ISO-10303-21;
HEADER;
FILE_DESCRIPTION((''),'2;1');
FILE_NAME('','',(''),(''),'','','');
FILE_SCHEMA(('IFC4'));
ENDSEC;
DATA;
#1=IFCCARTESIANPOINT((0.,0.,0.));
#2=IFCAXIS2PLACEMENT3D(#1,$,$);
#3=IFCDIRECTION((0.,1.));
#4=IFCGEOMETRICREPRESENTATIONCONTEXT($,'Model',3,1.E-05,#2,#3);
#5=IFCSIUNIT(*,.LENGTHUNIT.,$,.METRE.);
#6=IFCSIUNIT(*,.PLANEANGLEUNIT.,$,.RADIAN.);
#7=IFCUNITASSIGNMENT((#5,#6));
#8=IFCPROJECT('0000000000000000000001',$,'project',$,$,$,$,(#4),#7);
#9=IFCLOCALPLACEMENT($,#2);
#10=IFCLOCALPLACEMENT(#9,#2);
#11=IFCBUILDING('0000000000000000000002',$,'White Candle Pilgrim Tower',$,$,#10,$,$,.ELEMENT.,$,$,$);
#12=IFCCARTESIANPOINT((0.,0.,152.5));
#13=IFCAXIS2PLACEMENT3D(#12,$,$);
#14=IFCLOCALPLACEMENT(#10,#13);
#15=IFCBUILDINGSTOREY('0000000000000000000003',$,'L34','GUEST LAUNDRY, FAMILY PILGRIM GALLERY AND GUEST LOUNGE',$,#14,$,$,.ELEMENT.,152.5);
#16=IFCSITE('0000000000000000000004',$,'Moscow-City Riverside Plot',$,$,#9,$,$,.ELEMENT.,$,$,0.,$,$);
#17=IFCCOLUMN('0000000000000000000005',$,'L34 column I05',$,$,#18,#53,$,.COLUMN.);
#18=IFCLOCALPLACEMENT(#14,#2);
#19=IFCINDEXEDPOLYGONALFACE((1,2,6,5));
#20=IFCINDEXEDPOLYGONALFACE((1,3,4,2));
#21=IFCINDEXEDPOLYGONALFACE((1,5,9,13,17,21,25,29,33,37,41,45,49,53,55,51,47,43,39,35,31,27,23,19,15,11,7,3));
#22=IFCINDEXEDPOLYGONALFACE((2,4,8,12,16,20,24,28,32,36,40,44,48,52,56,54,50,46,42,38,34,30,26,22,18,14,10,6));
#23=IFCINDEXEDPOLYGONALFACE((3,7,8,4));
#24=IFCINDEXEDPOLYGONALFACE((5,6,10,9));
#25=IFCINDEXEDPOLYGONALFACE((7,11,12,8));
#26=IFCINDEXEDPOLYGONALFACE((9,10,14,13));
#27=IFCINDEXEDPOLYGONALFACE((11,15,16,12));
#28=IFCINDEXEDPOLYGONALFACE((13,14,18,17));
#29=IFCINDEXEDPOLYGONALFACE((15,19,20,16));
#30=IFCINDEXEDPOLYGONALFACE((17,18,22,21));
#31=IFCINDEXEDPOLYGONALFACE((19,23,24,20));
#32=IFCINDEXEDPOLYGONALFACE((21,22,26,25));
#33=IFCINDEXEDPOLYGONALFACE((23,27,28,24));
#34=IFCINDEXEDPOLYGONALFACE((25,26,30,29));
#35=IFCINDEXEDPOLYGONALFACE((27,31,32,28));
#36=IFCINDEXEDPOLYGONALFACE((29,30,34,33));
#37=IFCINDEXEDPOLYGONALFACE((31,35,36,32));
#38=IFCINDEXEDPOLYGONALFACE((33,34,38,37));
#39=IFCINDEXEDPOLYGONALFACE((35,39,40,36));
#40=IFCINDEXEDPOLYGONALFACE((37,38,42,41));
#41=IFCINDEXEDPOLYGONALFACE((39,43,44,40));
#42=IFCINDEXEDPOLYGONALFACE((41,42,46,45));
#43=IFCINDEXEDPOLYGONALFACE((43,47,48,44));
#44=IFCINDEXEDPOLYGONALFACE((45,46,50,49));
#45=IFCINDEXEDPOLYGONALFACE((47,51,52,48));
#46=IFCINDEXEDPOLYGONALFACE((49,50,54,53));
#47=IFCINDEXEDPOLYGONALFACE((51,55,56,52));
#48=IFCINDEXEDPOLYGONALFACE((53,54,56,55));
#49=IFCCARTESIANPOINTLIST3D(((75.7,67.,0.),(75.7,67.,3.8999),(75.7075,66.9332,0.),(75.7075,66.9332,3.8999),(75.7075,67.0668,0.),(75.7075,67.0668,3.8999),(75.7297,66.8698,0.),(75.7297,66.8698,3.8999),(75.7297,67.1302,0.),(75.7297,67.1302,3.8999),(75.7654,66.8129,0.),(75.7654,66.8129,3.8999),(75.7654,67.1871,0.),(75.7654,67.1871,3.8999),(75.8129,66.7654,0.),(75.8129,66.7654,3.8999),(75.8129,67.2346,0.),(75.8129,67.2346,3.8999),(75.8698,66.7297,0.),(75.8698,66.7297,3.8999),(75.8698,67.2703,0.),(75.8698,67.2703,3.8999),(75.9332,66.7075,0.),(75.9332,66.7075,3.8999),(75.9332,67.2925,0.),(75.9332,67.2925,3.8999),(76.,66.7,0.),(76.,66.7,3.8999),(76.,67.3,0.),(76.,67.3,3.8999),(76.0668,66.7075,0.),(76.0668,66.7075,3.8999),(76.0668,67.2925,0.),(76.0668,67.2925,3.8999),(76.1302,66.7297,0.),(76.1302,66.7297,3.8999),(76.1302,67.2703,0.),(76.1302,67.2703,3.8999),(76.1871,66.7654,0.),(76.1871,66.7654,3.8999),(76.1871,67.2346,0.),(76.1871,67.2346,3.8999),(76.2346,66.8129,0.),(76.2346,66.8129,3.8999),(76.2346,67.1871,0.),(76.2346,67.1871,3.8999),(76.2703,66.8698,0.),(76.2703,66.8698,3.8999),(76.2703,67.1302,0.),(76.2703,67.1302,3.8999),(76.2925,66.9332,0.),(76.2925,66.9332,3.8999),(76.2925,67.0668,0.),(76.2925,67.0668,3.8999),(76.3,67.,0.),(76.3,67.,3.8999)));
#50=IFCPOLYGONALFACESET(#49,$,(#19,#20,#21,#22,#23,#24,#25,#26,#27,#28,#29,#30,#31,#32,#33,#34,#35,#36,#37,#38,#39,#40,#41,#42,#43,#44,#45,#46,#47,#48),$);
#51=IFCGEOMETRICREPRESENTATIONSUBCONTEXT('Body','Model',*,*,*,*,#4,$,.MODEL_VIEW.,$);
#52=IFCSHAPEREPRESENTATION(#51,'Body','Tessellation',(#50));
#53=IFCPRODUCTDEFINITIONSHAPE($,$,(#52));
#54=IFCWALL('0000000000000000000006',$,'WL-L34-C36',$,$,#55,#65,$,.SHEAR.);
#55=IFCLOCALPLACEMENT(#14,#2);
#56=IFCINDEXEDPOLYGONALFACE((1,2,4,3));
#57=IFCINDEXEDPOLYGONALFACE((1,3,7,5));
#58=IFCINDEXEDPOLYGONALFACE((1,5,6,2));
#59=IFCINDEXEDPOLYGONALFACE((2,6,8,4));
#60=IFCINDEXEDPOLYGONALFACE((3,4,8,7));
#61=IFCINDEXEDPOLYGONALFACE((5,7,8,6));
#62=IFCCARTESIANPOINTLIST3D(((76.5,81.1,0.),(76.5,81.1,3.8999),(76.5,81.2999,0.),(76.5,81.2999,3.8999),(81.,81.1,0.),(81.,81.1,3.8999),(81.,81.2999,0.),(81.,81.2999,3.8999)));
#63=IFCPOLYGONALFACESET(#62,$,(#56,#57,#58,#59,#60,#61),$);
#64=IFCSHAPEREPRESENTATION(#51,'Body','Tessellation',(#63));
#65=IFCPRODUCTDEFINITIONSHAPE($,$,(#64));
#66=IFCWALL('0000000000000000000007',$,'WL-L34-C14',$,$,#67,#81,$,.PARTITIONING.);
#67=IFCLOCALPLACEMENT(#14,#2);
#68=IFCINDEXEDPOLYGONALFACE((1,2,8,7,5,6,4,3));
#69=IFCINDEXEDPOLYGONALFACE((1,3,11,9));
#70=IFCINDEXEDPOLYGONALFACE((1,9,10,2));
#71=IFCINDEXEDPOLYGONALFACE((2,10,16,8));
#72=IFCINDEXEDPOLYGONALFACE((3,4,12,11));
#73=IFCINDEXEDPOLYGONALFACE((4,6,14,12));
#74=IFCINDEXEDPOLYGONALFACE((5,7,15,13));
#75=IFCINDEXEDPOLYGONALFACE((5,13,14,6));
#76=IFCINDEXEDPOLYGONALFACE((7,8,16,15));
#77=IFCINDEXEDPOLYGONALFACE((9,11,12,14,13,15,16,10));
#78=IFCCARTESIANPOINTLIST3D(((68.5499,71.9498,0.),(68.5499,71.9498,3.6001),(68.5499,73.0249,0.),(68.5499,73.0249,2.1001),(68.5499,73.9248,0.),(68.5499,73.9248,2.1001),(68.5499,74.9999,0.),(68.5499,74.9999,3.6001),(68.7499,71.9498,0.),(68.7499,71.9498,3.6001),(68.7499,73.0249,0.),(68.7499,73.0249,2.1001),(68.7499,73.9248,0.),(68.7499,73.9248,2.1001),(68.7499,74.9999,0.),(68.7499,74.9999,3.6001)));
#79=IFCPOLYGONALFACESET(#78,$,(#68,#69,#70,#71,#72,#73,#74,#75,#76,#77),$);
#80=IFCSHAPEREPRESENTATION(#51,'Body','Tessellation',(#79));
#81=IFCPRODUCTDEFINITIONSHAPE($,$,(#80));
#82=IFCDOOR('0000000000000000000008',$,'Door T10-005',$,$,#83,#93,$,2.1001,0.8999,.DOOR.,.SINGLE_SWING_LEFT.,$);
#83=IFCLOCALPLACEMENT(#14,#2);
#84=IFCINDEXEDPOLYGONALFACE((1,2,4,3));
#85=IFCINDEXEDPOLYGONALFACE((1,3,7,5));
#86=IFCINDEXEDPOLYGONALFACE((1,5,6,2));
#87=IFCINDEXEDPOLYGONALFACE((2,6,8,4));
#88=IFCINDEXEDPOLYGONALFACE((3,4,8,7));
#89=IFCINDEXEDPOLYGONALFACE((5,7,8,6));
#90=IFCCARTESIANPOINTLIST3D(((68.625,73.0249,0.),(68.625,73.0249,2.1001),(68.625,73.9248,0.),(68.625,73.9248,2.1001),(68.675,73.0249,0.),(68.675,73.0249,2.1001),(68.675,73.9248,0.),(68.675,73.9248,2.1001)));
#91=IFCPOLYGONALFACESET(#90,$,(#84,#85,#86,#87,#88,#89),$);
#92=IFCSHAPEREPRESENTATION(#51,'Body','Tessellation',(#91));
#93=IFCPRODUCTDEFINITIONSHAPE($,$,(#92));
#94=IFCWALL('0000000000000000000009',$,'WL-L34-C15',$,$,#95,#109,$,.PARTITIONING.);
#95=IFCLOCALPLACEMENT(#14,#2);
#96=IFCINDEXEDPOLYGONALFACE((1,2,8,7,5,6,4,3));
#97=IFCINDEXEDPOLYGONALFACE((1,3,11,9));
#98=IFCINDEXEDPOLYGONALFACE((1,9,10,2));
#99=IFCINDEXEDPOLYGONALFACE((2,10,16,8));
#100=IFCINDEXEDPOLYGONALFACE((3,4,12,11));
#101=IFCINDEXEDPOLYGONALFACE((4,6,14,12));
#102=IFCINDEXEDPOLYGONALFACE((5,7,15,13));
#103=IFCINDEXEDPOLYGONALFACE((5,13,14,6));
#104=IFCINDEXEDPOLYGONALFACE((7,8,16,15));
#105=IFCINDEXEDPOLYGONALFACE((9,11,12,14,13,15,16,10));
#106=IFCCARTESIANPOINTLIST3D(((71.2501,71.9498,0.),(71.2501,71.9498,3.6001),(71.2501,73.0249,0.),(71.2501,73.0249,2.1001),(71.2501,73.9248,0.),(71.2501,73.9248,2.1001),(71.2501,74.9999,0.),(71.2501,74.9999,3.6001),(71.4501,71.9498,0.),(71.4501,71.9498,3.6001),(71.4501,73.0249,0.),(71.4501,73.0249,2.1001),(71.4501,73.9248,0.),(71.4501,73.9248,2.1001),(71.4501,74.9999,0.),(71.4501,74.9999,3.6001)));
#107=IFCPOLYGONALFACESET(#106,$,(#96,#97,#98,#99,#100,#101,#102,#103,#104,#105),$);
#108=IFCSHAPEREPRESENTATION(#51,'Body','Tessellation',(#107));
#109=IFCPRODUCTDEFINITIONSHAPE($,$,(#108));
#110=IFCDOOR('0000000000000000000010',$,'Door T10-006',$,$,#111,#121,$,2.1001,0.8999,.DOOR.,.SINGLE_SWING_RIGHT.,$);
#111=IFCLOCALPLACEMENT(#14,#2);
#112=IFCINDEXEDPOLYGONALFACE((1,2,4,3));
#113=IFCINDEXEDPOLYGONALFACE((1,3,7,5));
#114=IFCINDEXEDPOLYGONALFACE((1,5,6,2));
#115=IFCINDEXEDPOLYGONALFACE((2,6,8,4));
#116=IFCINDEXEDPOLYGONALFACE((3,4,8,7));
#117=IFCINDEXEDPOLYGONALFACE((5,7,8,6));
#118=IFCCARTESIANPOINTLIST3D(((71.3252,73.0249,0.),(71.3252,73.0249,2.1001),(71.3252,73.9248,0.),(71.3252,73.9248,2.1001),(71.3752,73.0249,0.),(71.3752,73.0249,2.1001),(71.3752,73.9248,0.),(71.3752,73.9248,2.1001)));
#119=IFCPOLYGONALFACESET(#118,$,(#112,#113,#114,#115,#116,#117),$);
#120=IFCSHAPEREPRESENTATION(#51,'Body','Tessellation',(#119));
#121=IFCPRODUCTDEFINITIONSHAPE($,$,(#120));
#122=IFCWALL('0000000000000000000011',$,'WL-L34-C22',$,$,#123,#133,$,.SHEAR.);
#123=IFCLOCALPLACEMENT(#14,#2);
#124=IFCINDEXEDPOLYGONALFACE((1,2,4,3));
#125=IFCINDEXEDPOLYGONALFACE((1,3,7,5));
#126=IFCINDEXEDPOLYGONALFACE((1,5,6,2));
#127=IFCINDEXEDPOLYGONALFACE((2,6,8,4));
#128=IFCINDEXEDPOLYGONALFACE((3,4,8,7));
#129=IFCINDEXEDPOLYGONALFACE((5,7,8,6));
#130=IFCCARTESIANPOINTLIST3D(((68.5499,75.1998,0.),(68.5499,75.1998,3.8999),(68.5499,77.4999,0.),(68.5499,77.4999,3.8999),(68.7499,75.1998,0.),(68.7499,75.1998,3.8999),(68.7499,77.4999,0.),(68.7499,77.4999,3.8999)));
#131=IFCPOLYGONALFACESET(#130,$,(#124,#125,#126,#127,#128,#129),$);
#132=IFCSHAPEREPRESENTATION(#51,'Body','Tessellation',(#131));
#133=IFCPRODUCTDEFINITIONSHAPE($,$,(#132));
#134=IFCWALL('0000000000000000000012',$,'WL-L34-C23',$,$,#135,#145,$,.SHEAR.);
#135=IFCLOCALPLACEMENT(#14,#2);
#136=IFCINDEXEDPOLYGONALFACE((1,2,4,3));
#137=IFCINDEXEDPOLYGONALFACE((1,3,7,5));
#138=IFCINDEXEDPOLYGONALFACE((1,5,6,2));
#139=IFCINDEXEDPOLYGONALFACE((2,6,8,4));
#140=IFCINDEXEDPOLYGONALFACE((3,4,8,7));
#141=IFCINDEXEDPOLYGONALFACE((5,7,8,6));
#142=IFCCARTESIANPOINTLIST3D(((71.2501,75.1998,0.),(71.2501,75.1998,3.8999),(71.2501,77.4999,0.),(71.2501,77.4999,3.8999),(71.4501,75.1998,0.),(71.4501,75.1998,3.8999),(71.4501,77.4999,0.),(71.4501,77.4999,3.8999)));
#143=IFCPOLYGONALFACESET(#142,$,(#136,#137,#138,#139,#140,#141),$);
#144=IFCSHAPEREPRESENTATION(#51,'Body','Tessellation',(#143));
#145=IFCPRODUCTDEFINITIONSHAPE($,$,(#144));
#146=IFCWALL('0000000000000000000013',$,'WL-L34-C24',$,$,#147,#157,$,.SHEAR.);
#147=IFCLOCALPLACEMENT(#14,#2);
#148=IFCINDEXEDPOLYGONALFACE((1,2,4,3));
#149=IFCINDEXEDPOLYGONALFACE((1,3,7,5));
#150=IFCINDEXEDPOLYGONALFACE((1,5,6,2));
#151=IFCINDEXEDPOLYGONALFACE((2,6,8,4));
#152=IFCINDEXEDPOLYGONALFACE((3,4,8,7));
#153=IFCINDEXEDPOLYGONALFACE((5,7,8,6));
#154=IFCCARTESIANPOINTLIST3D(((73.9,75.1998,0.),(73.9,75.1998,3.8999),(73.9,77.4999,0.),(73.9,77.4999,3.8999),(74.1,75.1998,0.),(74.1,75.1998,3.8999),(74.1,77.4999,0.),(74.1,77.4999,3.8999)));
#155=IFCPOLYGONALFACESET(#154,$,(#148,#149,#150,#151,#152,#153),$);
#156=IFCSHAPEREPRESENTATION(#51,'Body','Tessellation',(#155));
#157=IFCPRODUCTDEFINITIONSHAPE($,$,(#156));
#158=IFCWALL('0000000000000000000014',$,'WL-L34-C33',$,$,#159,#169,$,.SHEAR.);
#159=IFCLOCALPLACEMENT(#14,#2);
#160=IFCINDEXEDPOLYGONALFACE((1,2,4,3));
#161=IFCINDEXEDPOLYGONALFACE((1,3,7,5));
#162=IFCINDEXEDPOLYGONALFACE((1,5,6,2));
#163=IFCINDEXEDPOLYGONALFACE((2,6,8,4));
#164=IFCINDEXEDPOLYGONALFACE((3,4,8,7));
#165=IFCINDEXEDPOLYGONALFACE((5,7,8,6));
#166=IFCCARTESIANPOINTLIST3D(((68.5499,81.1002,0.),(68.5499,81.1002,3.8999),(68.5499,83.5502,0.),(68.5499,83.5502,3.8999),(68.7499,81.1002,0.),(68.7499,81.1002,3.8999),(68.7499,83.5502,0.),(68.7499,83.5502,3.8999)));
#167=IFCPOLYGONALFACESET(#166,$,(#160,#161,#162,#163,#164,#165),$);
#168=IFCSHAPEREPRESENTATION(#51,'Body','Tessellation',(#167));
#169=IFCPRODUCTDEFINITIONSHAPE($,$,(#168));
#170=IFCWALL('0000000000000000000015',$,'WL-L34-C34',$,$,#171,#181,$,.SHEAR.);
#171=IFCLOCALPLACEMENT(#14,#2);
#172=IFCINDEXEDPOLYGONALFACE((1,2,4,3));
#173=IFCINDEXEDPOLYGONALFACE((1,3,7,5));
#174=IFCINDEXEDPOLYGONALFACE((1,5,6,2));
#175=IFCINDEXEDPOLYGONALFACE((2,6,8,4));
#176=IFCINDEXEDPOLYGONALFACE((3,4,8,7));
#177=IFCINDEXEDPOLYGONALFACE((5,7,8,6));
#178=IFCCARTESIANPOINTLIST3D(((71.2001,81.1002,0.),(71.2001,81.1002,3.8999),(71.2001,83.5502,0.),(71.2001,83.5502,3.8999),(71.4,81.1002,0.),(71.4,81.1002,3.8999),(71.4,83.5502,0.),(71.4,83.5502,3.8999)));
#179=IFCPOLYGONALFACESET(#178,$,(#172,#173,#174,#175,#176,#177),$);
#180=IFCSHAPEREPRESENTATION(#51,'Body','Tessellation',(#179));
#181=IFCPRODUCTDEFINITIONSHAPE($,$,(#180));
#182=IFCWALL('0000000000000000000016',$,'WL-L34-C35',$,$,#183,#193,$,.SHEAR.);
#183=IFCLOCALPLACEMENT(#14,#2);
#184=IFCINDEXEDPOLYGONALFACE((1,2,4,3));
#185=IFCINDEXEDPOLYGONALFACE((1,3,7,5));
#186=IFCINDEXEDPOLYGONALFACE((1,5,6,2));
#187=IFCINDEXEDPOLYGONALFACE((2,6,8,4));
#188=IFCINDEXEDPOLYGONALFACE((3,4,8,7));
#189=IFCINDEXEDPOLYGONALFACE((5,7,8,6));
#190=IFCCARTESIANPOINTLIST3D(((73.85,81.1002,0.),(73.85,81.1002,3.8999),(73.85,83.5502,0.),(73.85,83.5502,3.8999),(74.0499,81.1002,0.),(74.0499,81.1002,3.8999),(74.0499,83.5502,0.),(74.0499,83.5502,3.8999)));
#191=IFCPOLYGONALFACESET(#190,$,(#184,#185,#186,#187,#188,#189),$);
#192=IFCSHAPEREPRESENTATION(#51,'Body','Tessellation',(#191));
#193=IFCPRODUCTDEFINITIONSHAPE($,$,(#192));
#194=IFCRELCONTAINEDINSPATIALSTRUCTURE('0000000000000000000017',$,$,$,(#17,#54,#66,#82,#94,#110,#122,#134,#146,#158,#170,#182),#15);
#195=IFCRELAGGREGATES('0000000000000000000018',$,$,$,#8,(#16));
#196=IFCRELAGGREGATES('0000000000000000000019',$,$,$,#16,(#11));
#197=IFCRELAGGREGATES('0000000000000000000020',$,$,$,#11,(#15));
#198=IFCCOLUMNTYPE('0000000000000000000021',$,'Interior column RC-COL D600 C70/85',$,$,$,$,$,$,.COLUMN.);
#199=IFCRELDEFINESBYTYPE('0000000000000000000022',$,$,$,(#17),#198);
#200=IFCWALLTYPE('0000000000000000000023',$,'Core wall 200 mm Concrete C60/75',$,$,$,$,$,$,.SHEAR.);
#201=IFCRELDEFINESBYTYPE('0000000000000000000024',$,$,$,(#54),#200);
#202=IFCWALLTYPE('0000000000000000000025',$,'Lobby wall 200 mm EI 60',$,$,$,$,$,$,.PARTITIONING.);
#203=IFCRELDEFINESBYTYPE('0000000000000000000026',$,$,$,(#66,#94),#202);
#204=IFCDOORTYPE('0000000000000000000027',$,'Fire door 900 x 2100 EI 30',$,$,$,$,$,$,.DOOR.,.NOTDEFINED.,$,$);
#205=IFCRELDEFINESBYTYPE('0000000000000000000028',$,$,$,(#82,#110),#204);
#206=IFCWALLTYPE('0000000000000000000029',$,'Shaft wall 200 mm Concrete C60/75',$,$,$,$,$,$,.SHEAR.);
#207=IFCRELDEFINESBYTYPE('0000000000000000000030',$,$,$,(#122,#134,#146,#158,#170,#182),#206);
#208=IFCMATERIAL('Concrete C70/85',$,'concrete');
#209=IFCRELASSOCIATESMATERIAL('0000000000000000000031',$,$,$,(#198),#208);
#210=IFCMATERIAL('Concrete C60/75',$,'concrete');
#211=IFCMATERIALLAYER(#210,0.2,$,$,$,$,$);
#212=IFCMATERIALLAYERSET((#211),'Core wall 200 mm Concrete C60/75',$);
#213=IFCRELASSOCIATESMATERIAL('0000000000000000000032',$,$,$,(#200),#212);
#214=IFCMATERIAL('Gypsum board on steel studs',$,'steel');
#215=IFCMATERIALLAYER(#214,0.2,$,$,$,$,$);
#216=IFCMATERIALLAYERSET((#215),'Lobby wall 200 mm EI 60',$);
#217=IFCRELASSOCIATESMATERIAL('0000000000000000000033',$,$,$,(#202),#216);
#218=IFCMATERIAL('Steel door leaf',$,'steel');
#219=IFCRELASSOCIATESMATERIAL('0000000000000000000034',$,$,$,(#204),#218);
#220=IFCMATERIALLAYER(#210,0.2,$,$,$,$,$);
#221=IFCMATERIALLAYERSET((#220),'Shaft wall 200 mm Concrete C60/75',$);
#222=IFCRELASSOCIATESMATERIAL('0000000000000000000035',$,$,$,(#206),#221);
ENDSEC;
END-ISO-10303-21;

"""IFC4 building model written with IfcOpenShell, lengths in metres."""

from ifc_helpers import new_model, si_unit, direction, frame, frame_2d, origin, origin_2d, place, context, subcontext, project, spatial, rectangle, circle, extrude, material, layer, layer_set, material_profile, profile_set, type_object, element, fill, save


model = new_model("IFC4")

# Units and contexts
model_context = context("Model", 3, precision=1e-05, world=origin(), true_north=direction((0.0, 1.0)))
body_context = subcontext(model_context, "Body", "Model", "MODEL_VIEW")
ifc_project = project(units=[si_unit("LENGTHUNIT", "METRE"), si_unit("PLANEANGLEUNIT", "RADIAN")], contexts=[model_context])

# Site, building, storey
site_placement = place(None, origin())
site = spatial("IfcSite", under=ifc_project, at=site_placement, Name="Moscow-City Riverside Plot", CompositionType="ELEMENT", RefElevation=0.0)
building_placement = place(site_placement, origin())
building = spatial("IfcBuilding", under=site, at=building_placement, Name="White Candle Pilgrim Tower", CompositionType="ELEMENT")
storey_placement = place(building_placement, frame((0.0, 0.0, 152.5)))
storey = spatial("IfcBuildingStorey", under=building, at=storey_placement, Name="L34", Description="GUEST LAUNDRY, FAMILY PILGRIM GALLERY AND GUEST LOUNGE", CompositionType="ELEMENT", Elevation=152.5)

# Column
ifc_material_1 = material(Name="Concrete C70/85", Category="concrete")
ifc_material_profile = material_profile(ifc_material_1, circle(Radius=0.3, at=origin_2d()), Name="RC-COL D600")
ifc_profile_set = profile_set([ifc_material_profile], Name="Concrete C70/85")
column_type = type_object("IfcColumnType", Name="Interior column RC-COL D600 C70/85", PredefinedType="COLUMN", material=ifc_profile_set)
column_placement = place(storey_placement, frame((76.0, 67.0, 0.0), z_axis=(0.0, 0.0, 1.0), x_axis=(1.0, 0.0, 0.0)))
element("IfcColumn", 1, at=column_placement, inside=storey, type_object=column_type, Name="L34 column I05", PredefinedType="COLUMN", context=body_context, shape_type="SweptSolid", body=[
    extrude(circle(Radius=0.3, at=origin_2d()), origin(), (0.0, 0.0, 1.0), 3.8999),
])

# Wall
ifc_material_2 = material(Name="Concrete C60/75", Category="concrete")
ifc_layer_1 = layer(ifc_material_2, 0.2)
ifc_layer_set_1 = layer_set([ifc_layer_1], Name="Core wall 200 mm Concrete C60/75")
wall_type_1 = type_object("IfcWallType", Name="Core wall 200 mm Concrete C60/75", PredefinedType="SHEAR", material=ifc_layer_set_1)
wall_1_placement = place(storey_placement, frame((76.5, 81.2, 0.0), z_axis=(0.0, 0.0, 1.0), x_axis=(1.0, 0.0, 0.0)))
element("IfcWall", 2, at=wall_1_placement, inside=storey, type_object=wall_type_1, Name="WL-L34-C36", PredefinedType="SHEAR", context=body_context, shape_type="SweptSolid", body=[
    extrude(rectangle(XDim=4.5, YDim=0.2, at=frame_2d((2.25, 0.0))), origin(), (0.0, 0.0, 1.0), 3.8999),
])

# Walls, openings, doors
ifc_material_3 = material(Name="Gypsum board on steel studs", Category="steel")
ifc_layer_2 = layer(ifc_material_3, 0.2)
ifc_layer_set_2 = layer_set([ifc_layer_2], Name="Lobby wall 200 mm EI 60")
wall_type_2 = type_object("IfcWallType", Name="Lobby wall 200 mm EI 60", PredefinedType="PARTITIONING", material=ifc_layer_set_2)
wall_2_placement = place(storey_placement, frame((68.6499, 71.95, 0.0), z_axis=(0.0, 0.0, 1.0), x_axis=(0.0, 1.0, 0.0)))
wall_2 = element("IfcWall", 3, at=wall_2_placement, inside=storey, type_object=wall_type_2, Name="WL-L34-C14", PredefinedType="PARTITIONING", context=body_context, shape_type="SweptSolid", body=[
    extrude(rectangle(XDim=3.05, YDim=0.2, at=frame_2d((1.5249, 0.0))), origin(), (0.0, 0.0, 1.0), 3.6001),
])
opening_1_placement = place(wall_2_placement, frame((1.075, 0.0, 0.0)))
opening_1 = element("IfcOpeningElement", 4, at=opening_1_placement, cuts=wall_2, PredefinedType="OPENING", context=body_context, shape_type="SweptSolid", body=[
    extrude(rectangle(XDim=0.8999, YDim=2.1001, at=frame_2d((0.45, 1.05))), frame((0.0, 0.1099, 0.0), z_axis=(0.0, -1.0, 0.0), x_axis=(1.0, 0.0, 0.0)), (0.0, 0.0, 1.0), 0.22),
])
ifc_material_4 = material(Name="Steel door leaf", Category="steel")
door_type_1 = type_object("IfcDoorType", Name="Fire door 900 x 2100 EI 30", OperationType="NOTDEFINED", PredefinedType="DOOR", material=ifc_material_4)
door_1_placement = place(opening_1_placement, origin())
door_1 = element("IfcDoor", 5, at=door_1_placement, inside=storey, type_object=door_type_1, Name="Door T10-005", OperationType="SINGLE_SWING_LEFT", OverallHeight=2.1001, OverallWidth=0.8999, PredefinedType="DOOR", context=body_context, shape_type="SweptSolid", body=[
    extrude(rectangle(XDim=0.8999, YDim=2.1001, at=frame_2d((0.45, 1.05))), frame((0.0, 0.0249, 0.0), z_axis=(0.0, -1.0, 0.0), x_axis=(1.0, 0.0, 0.0)), (0.0, 0.0, 1.0), 0.05),
])
fill(opening_1, door_1)
wall_3_placement = place(storey_placement, frame((71.3501, 71.95, 0.0), z_axis=(0.0, 0.0, 1.0), x_axis=(0.0, 1.0, 0.0)))
wall_3 = element("IfcWall", 6, at=wall_3_placement, inside=storey, type_object=wall_type_2, Name="WL-L34-C15", PredefinedType="PARTITIONING", context=body_context, shape_type="SweptSolid", body=[
    extrude(rectangle(XDim=3.05, YDim=0.2, at=frame_2d((1.5249, 0.0))), origin(), (0.0, 0.0, 1.0), 3.6001),
])
opening_2_placement = place(wall_3_placement, frame((1.075, 0.0, 0.0)))
opening_2 = element("IfcOpeningElement", 7, at=opening_2_placement, cuts=wall_3, PredefinedType="OPENING", context=body_context, shape_type="SweptSolid", body=[
    extrude(rectangle(XDim=0.8999, YDim=2.1001, at=frame_2d((0.45, 1.05))), frame((0.0, 0.1099, 0.0), z_axis=(0.0, -1.0, 0.0), x_axis=(1.0, 0.0, 0.0)), (0.0, 0.0, 1.0), 0.22),
])
door_2_placement = place(opening_2_placement, origin())
door_2 = element("IfcDoor", 8, at=door_2_placement, inside=storey, type_object=door_type_1, Name="Door T10-006", OperationType="SINGLE_SWING_RIGHT", OverallHeight=2.1001, OverallWidth=0.8999, PredefinedType="DOOR", context=body_context, shape_type="SweptSolid", body=[
    extrude(rectangle(XDim=0.8999, YDim=2.1001, at=frame_2d((0.45, 1.05))), frame((0.0, 0.0249, 0.0), z_axis=(0.0, -1.0, 0.0), x_axis=(1.0, 0.0, 0.0)), (0.0, 0.0, 1.0), 0.05),
])
fill(opening_2, door_2)

# Walls
ifc_layer_3 = layer(ifc_material_2, 0.2)
ifc_layer_set_3 = layer_set([ifc_layer_3], Name="Shaft wall 200 mm Concrete C60/75")
wall_type_3 = type_object("IfcWallType", Name="Shaft wall 200 mm Concrete C60/75", PredefinedType="SHEAR", material=ifc_layer_set_3)
for number, where, z_axis, x_axis, name in (
    (9, (68.6499, 75.2, 0.0), (0.0, 0.0, 1.0), (0.0, 1.0, 0.0), "WL-L34-C22"),
    (10, (71.3501, 75.2, 0.0), (0.0, 0.0, 1.0), (0.0, 1.0, 0.0), "WL-L34-C23"),
    (11, (74.0, 75.2, 0.0), (0.0, 0.0, 1.0), (0.0, 1.0, 0.0), "WL-L34-C24"),
):
    element("IfcWall", number, at=place(storey_placement, frame(where, z_axis=z_axis, x_axis=x_axis)), inside=storey, type_object=wall_type_3, Name=name, PredefinedType="SHEAR", context=body_context, shape_type="SweptSolid", body=[
        extrude(rectangle(XDim=2.3, YDim=0.2, at=frame_2d((1.1499, 0.0))), origin(), (0.0, 0.0, 1.0), 3.8999),
    ])
for number, where, z_axis, x_axis, name in (
    (12, (68.6499, 81.1001, 0.0), (0.0, 0.0, 1.0), (0.0, 1.0, 0.0), "WL-L34-C33"),
    (13, (71.3, 81.1001, 0.0), (0.0, 0.0, 1.0), (0.0, 1.0, 0.0), "WL-L34-C34"),
    (14, (73.95, 81.1001, 0.0), (0.0, 0.0, 1.0), (0.0, 1.0, 0.0), "WL-L34-C35"),
):
    element("IfcWall", number, at=place(storey_placement, frame(where, z_axis=z_axis, x_axis=x_axis)), inside=storey, type_object=wall_type_3, Name=name, PredefinedType="SHEAR", context=body_context, shape_type="SweptSolid", body=[
        extrude(rectangle(XDim=2.45, YDim=0.2, at=frame_2d((1.2251, 0.0))), origin(), (0.0, 0.0, 1.0), 3.8999),
    ])

save(model, "model.ifc")
